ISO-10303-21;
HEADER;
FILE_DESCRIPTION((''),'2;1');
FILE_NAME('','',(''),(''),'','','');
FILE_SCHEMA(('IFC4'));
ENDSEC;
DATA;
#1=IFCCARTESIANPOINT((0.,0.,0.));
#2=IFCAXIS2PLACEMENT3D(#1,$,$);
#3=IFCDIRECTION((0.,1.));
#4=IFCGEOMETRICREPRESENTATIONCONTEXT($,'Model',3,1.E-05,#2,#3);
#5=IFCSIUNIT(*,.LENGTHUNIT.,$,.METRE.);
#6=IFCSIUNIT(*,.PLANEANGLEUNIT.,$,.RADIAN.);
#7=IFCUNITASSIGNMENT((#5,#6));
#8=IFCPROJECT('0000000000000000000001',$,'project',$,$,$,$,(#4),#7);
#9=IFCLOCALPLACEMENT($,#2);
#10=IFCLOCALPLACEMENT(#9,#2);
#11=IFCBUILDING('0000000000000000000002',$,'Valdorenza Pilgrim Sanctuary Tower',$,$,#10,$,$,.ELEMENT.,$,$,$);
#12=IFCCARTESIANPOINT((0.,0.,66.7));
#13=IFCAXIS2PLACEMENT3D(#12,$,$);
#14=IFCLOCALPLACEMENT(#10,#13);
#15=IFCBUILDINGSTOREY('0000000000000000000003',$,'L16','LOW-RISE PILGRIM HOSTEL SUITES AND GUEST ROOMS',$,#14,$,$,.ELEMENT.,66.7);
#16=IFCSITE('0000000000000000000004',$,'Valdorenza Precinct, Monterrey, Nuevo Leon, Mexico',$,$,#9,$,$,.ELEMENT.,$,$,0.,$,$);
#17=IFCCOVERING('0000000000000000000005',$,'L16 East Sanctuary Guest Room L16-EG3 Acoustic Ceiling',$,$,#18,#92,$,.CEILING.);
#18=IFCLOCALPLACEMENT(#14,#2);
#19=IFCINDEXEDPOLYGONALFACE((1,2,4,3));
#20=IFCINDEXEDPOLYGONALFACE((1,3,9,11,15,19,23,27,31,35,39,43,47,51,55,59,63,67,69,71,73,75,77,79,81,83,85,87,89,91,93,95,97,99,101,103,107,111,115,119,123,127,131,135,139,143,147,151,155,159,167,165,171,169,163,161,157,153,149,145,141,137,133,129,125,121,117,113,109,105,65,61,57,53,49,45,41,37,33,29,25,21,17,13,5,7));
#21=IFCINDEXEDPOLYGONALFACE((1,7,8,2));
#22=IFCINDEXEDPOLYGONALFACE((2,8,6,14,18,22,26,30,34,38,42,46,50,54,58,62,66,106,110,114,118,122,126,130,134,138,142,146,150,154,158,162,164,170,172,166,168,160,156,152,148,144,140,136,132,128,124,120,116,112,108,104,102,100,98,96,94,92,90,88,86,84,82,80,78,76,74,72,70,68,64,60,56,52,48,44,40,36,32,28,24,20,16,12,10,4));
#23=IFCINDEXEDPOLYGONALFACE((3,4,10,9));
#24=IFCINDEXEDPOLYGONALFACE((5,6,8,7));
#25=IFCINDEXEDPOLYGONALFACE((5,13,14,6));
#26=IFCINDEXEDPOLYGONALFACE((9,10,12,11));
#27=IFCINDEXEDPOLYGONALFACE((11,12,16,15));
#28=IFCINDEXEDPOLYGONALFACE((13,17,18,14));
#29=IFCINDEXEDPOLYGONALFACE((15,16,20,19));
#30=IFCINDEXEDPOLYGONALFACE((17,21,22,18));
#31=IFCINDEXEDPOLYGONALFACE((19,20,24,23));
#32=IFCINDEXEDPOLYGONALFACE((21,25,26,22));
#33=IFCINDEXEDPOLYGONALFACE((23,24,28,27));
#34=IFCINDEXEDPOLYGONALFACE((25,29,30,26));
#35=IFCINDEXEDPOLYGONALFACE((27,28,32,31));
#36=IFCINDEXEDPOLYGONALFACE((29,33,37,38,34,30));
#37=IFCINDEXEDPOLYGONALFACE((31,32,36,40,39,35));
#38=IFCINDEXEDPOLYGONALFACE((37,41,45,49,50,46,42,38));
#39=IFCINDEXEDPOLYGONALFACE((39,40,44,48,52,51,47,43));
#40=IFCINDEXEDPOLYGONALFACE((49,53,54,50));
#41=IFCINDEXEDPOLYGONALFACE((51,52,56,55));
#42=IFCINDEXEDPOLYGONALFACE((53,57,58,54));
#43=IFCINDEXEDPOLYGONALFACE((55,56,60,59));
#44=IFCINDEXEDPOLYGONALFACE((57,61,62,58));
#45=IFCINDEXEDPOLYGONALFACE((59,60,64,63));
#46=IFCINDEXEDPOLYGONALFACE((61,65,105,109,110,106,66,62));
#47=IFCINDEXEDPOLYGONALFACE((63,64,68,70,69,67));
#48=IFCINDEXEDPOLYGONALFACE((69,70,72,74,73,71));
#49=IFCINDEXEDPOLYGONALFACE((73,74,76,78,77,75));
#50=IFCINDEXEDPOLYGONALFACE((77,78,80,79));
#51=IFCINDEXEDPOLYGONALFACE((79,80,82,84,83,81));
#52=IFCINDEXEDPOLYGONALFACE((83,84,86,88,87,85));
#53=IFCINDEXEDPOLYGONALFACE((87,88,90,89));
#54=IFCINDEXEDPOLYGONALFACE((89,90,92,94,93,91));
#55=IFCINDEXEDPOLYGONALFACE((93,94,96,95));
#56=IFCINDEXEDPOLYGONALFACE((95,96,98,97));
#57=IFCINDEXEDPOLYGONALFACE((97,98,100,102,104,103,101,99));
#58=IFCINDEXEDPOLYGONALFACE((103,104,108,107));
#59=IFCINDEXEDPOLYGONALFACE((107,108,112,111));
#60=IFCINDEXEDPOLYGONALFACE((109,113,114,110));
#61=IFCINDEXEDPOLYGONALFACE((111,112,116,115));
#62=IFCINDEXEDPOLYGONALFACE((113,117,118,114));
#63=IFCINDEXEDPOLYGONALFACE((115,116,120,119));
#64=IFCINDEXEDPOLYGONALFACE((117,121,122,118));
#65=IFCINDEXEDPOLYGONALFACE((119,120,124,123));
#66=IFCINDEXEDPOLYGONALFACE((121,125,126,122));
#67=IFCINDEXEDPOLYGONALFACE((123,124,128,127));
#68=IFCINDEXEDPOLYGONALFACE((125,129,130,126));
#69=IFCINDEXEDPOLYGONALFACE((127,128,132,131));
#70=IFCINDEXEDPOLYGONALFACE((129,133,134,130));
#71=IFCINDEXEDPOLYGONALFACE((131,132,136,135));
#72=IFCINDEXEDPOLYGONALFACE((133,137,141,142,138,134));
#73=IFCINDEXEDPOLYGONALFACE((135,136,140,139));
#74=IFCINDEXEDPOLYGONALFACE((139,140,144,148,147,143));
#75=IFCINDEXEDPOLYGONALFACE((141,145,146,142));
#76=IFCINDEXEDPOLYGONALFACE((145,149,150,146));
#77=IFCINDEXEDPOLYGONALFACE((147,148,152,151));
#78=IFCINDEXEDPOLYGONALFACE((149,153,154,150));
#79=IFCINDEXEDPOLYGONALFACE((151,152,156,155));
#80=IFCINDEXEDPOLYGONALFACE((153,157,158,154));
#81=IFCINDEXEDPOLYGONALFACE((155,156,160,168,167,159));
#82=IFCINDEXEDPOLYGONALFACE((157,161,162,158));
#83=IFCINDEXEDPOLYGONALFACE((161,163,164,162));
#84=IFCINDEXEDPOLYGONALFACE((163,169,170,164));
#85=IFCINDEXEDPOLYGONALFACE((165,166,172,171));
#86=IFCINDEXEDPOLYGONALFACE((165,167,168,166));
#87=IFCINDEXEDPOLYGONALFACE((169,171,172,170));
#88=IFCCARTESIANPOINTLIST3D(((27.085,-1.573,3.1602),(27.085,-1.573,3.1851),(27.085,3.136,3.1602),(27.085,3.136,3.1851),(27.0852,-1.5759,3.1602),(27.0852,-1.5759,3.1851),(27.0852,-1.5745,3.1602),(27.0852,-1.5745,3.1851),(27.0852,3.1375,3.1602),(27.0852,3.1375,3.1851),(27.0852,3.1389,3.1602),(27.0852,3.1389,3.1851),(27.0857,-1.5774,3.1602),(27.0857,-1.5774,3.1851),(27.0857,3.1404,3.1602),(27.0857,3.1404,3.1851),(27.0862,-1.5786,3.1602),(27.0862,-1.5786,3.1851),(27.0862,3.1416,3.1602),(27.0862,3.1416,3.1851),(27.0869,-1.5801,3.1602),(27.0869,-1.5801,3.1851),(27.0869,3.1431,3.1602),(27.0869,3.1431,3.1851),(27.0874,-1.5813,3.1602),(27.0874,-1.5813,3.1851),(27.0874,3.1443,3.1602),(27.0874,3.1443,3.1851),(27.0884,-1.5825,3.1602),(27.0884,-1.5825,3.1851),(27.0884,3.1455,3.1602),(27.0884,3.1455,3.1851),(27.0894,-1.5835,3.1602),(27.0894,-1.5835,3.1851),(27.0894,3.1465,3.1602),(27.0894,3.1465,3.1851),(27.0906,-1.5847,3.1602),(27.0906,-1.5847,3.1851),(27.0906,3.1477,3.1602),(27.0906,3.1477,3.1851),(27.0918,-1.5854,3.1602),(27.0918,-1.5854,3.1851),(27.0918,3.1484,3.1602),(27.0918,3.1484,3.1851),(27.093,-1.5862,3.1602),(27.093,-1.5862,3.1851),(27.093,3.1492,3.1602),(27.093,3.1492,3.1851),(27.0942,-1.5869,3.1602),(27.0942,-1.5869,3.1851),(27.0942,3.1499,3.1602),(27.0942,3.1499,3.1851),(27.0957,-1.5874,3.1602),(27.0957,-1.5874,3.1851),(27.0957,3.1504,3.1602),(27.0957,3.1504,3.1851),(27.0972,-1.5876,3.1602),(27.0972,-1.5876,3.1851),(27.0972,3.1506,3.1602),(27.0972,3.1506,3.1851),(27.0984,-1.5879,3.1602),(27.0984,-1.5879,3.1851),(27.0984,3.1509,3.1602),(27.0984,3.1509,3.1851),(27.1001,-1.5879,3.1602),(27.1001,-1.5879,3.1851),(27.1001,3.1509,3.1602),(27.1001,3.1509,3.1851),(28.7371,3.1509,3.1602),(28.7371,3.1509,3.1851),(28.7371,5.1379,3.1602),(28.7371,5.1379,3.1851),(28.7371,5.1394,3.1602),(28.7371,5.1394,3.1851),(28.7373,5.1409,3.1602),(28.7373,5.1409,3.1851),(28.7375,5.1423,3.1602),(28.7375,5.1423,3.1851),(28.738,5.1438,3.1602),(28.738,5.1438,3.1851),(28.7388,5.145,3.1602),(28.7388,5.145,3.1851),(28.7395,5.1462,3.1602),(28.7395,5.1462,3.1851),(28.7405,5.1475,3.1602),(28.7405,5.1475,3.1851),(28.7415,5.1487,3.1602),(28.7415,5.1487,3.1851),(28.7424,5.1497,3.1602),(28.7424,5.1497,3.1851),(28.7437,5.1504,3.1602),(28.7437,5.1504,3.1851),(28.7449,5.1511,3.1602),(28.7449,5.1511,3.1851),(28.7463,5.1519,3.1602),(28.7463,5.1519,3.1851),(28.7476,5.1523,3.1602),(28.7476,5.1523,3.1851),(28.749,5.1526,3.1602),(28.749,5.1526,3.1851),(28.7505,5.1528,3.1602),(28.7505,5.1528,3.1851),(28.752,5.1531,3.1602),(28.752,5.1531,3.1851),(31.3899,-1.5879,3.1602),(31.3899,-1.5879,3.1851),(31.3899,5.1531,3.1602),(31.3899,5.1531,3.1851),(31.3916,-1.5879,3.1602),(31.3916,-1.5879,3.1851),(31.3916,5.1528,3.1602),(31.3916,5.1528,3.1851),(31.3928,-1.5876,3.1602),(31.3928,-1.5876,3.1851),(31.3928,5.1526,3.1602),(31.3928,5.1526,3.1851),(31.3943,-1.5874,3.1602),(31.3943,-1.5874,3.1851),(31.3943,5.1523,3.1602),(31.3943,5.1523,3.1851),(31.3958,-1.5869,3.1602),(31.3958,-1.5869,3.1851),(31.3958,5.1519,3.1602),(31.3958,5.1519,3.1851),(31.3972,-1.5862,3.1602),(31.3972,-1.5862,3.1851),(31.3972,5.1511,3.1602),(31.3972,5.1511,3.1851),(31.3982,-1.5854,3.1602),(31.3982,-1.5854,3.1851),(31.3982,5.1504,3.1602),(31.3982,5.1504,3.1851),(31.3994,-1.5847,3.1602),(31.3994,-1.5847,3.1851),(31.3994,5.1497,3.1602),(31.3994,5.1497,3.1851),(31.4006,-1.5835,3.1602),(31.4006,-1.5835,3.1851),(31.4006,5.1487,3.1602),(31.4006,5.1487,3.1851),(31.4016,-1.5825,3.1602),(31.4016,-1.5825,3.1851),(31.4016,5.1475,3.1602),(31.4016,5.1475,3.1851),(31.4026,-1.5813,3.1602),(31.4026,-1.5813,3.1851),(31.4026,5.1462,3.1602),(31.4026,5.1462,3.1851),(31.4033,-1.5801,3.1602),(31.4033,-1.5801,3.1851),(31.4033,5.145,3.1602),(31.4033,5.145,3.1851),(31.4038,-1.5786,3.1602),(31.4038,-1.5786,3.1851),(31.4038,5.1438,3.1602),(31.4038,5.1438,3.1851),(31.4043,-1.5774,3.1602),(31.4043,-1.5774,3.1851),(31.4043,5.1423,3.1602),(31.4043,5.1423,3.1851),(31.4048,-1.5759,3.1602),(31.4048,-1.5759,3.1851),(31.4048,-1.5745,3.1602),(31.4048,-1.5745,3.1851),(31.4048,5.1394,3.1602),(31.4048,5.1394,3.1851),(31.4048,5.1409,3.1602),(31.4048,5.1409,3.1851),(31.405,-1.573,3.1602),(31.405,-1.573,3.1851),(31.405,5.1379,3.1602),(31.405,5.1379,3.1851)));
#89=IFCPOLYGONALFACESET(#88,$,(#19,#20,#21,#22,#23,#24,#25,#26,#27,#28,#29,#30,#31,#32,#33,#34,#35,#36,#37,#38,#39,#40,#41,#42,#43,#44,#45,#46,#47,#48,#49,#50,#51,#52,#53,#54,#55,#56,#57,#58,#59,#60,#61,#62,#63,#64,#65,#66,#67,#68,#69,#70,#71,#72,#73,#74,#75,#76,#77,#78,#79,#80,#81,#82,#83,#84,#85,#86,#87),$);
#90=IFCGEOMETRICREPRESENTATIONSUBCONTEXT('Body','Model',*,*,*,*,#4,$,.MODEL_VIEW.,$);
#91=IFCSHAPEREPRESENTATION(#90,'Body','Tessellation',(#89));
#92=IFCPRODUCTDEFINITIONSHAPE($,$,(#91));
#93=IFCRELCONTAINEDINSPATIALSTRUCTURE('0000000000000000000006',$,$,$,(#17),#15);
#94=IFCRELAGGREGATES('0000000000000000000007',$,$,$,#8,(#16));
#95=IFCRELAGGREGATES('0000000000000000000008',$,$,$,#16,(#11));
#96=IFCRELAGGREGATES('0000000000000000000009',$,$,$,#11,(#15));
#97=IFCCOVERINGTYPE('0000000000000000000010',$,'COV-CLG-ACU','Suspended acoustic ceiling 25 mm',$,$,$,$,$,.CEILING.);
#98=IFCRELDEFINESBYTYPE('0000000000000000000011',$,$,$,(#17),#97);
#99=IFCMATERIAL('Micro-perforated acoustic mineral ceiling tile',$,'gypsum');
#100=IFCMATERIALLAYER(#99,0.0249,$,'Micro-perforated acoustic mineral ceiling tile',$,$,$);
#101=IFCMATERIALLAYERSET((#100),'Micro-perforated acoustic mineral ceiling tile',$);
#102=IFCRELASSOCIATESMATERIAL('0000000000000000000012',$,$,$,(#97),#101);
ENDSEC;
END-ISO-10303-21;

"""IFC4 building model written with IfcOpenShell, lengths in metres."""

from ifc_helpers import new_model, si_unit, direction, frame, origin, place, context, subcontext, project, spatial, polyline, outline, extrude, material, layer, layer_set, type_object, element, save


model = new_model("IFC4")

# Units and contexts
model_context = context("Model", 3, precision=1e-05, world=origin(), true_north=direction((0.0, 1.0)))
body_context = subcontext(model_context, "Body", "Model", "MODEL_VIEW")
ifc_project = project(units=[si_unit("LENGTHUNIT", "METRE"), si_unit("PLANEANGLEUNIT", "RADIAN")], contexts=[model_context])

# Site, building, storey
site_placement = place(None, origin())
site = spatial("IfcSite", under=ifc_project, at=site_placement, Name="Valdorenza Precinct, Monterrey, Nuevo Leon, Mexico", CompositionType="ELEMENT", RefElevation=0.0)
building_placement = place(site_placement, origin())
building = spatial("IfcBuilding", under=site, at=building_placement, Name="Valdorenza Pilgrim Sanctuary Tower", CompositionType="ELEMENT")
storey_placement = place(building_placement, frame((0.0, 0.0, 66.7)))
storey = spatial("IfcBuildingStorey", under=building, at=storey_placement, Name="L16", Description="LOW-RISE PILGRIM HOSTEL SUITES AND GUEST ROOMS", CompositionType="ELEMENT", Elevation=66.7)

# Covering
ifc_material_1 = material(Name="Micro-perforated acoustic mineral ceiling tile", Category="gypsum")
ifc_layer_1 = layer(ifc_material_1, 0.0249, Name="Micro-perforated acoustic mineral ceiling tile")
ifc_layer_set_1 = layer_set([ifc_layer_1], Name="Micro-perforated acoustic mineral ceiling tile")
covering_type_1 = type_object("IfcCoveringType", Name="COV-CLG-ACU", Description="Suspended acoustic ceiling 25 mm", PredefinedType="CEILING", material=ifc_layer_set_1)
covering_1_placement = place(storey_placement, frame((0.0, 0.0, 3.1602)))
element("IfcCovering", 1, at=covering_1_placement, inside=storey, type_object=covering_type_1, Name="L16 East Sanctuary Guest Room L16-EG3 Acoustic Ceiling", PredefinedType="CEILING", context=body_context, shape_type="SweptSolid", body=[
    extrude(outline(polyline([(27.085, 3.136), (27.0852, 3.1375), (27.0852, 3.1389), (27.0857, 3.1404), (27.0862, 3.1416), (27.0869, 3.1431), (27.0874, 3.1443), (27.0884, 3.1455), (27.0894, 3.1465), (27.0906, 3.1477), (27.0918, 3.1484), (27.093, 3.1492), (27.0942, 3.1499), (27.0957, 3.1504), (27.0972, 3.1506), (27.0984, 3.1509), (27.1001, 3.1509), (28.7371, 3.1509), (28.7371, 5.1379), (28.7371, 5.1394), (28.7373, 5.1409), (28.7375, 5.1423), (28.738, 5.1438), (28.7388, 5.145), (28.7395, 5.1462), (28.7405, 5.1475), (28.7415, 5.1487), (28.7424, 5.1497), (28.7437, 5.1504), (28.7449, 5.1511), (28.7463, 5.1519), (28.7476, 5.1523), (28.749, 5.1526), (28.7505, 5.1528), (28.752, 5.1531), (31.3899, 5.1531), (31.3916, 5.1528), (31.3928, 5.1526), (31.3943, 5.1523), (31.3958, 5.1519), (31.3972, 5.1511), (31.3982, 5.1504), (31.3994, 5.1497), (31.4006, 5.1487), (31.4016, 5.1475), (31.4026, 5.1462), (31.4033, 5.145), (31.4038, 5.1438), (31.4043, 5.1423), (31.4048, 5.1409), (31.4048, 5.1394), (31.405, 5.1379), (31.405, -1.573), (31.4048, -1.5745), (31.4048, -1.5759), (31.4043, -1.5774), (31.4038, -1.5786), (31.4033, -1.5801), (31.4026, -1.5813), (31.4016, -1.5825), (31.4006, -1.5835), (31.3994, -1.5847), (31.3982, -1.5854), (31.3972, -1.5862), (31.3958, -1.5869), (31.3943, -1.5874), (31.3928, -1.5876), (31.3916, -1.5879), (31.3899, -1.5879), (27.1001, -1.5879), (27.0984, -1.5879), (27.0972, -1.5876), (27.0957, -1.5874), (27.0942, -1.5869), (27.093, -1.5862), (27.0918, -1.5854), (27.0906, -1.5847), (27.0894, -1.5835), (27.0884, -1.5825), (27.0874, -1.5813), (27.0869, -1.5801), (27.0862, -1.5786), (27.0857, -1.5774), (27.0852, -1.5759), (27.0852, -1.5745), (27.085, -1.573), (27.085, 3.136)])), origin(), (0.0, 0.0, 1.0), 0.0249),
])

save(model, "model.ifc")
